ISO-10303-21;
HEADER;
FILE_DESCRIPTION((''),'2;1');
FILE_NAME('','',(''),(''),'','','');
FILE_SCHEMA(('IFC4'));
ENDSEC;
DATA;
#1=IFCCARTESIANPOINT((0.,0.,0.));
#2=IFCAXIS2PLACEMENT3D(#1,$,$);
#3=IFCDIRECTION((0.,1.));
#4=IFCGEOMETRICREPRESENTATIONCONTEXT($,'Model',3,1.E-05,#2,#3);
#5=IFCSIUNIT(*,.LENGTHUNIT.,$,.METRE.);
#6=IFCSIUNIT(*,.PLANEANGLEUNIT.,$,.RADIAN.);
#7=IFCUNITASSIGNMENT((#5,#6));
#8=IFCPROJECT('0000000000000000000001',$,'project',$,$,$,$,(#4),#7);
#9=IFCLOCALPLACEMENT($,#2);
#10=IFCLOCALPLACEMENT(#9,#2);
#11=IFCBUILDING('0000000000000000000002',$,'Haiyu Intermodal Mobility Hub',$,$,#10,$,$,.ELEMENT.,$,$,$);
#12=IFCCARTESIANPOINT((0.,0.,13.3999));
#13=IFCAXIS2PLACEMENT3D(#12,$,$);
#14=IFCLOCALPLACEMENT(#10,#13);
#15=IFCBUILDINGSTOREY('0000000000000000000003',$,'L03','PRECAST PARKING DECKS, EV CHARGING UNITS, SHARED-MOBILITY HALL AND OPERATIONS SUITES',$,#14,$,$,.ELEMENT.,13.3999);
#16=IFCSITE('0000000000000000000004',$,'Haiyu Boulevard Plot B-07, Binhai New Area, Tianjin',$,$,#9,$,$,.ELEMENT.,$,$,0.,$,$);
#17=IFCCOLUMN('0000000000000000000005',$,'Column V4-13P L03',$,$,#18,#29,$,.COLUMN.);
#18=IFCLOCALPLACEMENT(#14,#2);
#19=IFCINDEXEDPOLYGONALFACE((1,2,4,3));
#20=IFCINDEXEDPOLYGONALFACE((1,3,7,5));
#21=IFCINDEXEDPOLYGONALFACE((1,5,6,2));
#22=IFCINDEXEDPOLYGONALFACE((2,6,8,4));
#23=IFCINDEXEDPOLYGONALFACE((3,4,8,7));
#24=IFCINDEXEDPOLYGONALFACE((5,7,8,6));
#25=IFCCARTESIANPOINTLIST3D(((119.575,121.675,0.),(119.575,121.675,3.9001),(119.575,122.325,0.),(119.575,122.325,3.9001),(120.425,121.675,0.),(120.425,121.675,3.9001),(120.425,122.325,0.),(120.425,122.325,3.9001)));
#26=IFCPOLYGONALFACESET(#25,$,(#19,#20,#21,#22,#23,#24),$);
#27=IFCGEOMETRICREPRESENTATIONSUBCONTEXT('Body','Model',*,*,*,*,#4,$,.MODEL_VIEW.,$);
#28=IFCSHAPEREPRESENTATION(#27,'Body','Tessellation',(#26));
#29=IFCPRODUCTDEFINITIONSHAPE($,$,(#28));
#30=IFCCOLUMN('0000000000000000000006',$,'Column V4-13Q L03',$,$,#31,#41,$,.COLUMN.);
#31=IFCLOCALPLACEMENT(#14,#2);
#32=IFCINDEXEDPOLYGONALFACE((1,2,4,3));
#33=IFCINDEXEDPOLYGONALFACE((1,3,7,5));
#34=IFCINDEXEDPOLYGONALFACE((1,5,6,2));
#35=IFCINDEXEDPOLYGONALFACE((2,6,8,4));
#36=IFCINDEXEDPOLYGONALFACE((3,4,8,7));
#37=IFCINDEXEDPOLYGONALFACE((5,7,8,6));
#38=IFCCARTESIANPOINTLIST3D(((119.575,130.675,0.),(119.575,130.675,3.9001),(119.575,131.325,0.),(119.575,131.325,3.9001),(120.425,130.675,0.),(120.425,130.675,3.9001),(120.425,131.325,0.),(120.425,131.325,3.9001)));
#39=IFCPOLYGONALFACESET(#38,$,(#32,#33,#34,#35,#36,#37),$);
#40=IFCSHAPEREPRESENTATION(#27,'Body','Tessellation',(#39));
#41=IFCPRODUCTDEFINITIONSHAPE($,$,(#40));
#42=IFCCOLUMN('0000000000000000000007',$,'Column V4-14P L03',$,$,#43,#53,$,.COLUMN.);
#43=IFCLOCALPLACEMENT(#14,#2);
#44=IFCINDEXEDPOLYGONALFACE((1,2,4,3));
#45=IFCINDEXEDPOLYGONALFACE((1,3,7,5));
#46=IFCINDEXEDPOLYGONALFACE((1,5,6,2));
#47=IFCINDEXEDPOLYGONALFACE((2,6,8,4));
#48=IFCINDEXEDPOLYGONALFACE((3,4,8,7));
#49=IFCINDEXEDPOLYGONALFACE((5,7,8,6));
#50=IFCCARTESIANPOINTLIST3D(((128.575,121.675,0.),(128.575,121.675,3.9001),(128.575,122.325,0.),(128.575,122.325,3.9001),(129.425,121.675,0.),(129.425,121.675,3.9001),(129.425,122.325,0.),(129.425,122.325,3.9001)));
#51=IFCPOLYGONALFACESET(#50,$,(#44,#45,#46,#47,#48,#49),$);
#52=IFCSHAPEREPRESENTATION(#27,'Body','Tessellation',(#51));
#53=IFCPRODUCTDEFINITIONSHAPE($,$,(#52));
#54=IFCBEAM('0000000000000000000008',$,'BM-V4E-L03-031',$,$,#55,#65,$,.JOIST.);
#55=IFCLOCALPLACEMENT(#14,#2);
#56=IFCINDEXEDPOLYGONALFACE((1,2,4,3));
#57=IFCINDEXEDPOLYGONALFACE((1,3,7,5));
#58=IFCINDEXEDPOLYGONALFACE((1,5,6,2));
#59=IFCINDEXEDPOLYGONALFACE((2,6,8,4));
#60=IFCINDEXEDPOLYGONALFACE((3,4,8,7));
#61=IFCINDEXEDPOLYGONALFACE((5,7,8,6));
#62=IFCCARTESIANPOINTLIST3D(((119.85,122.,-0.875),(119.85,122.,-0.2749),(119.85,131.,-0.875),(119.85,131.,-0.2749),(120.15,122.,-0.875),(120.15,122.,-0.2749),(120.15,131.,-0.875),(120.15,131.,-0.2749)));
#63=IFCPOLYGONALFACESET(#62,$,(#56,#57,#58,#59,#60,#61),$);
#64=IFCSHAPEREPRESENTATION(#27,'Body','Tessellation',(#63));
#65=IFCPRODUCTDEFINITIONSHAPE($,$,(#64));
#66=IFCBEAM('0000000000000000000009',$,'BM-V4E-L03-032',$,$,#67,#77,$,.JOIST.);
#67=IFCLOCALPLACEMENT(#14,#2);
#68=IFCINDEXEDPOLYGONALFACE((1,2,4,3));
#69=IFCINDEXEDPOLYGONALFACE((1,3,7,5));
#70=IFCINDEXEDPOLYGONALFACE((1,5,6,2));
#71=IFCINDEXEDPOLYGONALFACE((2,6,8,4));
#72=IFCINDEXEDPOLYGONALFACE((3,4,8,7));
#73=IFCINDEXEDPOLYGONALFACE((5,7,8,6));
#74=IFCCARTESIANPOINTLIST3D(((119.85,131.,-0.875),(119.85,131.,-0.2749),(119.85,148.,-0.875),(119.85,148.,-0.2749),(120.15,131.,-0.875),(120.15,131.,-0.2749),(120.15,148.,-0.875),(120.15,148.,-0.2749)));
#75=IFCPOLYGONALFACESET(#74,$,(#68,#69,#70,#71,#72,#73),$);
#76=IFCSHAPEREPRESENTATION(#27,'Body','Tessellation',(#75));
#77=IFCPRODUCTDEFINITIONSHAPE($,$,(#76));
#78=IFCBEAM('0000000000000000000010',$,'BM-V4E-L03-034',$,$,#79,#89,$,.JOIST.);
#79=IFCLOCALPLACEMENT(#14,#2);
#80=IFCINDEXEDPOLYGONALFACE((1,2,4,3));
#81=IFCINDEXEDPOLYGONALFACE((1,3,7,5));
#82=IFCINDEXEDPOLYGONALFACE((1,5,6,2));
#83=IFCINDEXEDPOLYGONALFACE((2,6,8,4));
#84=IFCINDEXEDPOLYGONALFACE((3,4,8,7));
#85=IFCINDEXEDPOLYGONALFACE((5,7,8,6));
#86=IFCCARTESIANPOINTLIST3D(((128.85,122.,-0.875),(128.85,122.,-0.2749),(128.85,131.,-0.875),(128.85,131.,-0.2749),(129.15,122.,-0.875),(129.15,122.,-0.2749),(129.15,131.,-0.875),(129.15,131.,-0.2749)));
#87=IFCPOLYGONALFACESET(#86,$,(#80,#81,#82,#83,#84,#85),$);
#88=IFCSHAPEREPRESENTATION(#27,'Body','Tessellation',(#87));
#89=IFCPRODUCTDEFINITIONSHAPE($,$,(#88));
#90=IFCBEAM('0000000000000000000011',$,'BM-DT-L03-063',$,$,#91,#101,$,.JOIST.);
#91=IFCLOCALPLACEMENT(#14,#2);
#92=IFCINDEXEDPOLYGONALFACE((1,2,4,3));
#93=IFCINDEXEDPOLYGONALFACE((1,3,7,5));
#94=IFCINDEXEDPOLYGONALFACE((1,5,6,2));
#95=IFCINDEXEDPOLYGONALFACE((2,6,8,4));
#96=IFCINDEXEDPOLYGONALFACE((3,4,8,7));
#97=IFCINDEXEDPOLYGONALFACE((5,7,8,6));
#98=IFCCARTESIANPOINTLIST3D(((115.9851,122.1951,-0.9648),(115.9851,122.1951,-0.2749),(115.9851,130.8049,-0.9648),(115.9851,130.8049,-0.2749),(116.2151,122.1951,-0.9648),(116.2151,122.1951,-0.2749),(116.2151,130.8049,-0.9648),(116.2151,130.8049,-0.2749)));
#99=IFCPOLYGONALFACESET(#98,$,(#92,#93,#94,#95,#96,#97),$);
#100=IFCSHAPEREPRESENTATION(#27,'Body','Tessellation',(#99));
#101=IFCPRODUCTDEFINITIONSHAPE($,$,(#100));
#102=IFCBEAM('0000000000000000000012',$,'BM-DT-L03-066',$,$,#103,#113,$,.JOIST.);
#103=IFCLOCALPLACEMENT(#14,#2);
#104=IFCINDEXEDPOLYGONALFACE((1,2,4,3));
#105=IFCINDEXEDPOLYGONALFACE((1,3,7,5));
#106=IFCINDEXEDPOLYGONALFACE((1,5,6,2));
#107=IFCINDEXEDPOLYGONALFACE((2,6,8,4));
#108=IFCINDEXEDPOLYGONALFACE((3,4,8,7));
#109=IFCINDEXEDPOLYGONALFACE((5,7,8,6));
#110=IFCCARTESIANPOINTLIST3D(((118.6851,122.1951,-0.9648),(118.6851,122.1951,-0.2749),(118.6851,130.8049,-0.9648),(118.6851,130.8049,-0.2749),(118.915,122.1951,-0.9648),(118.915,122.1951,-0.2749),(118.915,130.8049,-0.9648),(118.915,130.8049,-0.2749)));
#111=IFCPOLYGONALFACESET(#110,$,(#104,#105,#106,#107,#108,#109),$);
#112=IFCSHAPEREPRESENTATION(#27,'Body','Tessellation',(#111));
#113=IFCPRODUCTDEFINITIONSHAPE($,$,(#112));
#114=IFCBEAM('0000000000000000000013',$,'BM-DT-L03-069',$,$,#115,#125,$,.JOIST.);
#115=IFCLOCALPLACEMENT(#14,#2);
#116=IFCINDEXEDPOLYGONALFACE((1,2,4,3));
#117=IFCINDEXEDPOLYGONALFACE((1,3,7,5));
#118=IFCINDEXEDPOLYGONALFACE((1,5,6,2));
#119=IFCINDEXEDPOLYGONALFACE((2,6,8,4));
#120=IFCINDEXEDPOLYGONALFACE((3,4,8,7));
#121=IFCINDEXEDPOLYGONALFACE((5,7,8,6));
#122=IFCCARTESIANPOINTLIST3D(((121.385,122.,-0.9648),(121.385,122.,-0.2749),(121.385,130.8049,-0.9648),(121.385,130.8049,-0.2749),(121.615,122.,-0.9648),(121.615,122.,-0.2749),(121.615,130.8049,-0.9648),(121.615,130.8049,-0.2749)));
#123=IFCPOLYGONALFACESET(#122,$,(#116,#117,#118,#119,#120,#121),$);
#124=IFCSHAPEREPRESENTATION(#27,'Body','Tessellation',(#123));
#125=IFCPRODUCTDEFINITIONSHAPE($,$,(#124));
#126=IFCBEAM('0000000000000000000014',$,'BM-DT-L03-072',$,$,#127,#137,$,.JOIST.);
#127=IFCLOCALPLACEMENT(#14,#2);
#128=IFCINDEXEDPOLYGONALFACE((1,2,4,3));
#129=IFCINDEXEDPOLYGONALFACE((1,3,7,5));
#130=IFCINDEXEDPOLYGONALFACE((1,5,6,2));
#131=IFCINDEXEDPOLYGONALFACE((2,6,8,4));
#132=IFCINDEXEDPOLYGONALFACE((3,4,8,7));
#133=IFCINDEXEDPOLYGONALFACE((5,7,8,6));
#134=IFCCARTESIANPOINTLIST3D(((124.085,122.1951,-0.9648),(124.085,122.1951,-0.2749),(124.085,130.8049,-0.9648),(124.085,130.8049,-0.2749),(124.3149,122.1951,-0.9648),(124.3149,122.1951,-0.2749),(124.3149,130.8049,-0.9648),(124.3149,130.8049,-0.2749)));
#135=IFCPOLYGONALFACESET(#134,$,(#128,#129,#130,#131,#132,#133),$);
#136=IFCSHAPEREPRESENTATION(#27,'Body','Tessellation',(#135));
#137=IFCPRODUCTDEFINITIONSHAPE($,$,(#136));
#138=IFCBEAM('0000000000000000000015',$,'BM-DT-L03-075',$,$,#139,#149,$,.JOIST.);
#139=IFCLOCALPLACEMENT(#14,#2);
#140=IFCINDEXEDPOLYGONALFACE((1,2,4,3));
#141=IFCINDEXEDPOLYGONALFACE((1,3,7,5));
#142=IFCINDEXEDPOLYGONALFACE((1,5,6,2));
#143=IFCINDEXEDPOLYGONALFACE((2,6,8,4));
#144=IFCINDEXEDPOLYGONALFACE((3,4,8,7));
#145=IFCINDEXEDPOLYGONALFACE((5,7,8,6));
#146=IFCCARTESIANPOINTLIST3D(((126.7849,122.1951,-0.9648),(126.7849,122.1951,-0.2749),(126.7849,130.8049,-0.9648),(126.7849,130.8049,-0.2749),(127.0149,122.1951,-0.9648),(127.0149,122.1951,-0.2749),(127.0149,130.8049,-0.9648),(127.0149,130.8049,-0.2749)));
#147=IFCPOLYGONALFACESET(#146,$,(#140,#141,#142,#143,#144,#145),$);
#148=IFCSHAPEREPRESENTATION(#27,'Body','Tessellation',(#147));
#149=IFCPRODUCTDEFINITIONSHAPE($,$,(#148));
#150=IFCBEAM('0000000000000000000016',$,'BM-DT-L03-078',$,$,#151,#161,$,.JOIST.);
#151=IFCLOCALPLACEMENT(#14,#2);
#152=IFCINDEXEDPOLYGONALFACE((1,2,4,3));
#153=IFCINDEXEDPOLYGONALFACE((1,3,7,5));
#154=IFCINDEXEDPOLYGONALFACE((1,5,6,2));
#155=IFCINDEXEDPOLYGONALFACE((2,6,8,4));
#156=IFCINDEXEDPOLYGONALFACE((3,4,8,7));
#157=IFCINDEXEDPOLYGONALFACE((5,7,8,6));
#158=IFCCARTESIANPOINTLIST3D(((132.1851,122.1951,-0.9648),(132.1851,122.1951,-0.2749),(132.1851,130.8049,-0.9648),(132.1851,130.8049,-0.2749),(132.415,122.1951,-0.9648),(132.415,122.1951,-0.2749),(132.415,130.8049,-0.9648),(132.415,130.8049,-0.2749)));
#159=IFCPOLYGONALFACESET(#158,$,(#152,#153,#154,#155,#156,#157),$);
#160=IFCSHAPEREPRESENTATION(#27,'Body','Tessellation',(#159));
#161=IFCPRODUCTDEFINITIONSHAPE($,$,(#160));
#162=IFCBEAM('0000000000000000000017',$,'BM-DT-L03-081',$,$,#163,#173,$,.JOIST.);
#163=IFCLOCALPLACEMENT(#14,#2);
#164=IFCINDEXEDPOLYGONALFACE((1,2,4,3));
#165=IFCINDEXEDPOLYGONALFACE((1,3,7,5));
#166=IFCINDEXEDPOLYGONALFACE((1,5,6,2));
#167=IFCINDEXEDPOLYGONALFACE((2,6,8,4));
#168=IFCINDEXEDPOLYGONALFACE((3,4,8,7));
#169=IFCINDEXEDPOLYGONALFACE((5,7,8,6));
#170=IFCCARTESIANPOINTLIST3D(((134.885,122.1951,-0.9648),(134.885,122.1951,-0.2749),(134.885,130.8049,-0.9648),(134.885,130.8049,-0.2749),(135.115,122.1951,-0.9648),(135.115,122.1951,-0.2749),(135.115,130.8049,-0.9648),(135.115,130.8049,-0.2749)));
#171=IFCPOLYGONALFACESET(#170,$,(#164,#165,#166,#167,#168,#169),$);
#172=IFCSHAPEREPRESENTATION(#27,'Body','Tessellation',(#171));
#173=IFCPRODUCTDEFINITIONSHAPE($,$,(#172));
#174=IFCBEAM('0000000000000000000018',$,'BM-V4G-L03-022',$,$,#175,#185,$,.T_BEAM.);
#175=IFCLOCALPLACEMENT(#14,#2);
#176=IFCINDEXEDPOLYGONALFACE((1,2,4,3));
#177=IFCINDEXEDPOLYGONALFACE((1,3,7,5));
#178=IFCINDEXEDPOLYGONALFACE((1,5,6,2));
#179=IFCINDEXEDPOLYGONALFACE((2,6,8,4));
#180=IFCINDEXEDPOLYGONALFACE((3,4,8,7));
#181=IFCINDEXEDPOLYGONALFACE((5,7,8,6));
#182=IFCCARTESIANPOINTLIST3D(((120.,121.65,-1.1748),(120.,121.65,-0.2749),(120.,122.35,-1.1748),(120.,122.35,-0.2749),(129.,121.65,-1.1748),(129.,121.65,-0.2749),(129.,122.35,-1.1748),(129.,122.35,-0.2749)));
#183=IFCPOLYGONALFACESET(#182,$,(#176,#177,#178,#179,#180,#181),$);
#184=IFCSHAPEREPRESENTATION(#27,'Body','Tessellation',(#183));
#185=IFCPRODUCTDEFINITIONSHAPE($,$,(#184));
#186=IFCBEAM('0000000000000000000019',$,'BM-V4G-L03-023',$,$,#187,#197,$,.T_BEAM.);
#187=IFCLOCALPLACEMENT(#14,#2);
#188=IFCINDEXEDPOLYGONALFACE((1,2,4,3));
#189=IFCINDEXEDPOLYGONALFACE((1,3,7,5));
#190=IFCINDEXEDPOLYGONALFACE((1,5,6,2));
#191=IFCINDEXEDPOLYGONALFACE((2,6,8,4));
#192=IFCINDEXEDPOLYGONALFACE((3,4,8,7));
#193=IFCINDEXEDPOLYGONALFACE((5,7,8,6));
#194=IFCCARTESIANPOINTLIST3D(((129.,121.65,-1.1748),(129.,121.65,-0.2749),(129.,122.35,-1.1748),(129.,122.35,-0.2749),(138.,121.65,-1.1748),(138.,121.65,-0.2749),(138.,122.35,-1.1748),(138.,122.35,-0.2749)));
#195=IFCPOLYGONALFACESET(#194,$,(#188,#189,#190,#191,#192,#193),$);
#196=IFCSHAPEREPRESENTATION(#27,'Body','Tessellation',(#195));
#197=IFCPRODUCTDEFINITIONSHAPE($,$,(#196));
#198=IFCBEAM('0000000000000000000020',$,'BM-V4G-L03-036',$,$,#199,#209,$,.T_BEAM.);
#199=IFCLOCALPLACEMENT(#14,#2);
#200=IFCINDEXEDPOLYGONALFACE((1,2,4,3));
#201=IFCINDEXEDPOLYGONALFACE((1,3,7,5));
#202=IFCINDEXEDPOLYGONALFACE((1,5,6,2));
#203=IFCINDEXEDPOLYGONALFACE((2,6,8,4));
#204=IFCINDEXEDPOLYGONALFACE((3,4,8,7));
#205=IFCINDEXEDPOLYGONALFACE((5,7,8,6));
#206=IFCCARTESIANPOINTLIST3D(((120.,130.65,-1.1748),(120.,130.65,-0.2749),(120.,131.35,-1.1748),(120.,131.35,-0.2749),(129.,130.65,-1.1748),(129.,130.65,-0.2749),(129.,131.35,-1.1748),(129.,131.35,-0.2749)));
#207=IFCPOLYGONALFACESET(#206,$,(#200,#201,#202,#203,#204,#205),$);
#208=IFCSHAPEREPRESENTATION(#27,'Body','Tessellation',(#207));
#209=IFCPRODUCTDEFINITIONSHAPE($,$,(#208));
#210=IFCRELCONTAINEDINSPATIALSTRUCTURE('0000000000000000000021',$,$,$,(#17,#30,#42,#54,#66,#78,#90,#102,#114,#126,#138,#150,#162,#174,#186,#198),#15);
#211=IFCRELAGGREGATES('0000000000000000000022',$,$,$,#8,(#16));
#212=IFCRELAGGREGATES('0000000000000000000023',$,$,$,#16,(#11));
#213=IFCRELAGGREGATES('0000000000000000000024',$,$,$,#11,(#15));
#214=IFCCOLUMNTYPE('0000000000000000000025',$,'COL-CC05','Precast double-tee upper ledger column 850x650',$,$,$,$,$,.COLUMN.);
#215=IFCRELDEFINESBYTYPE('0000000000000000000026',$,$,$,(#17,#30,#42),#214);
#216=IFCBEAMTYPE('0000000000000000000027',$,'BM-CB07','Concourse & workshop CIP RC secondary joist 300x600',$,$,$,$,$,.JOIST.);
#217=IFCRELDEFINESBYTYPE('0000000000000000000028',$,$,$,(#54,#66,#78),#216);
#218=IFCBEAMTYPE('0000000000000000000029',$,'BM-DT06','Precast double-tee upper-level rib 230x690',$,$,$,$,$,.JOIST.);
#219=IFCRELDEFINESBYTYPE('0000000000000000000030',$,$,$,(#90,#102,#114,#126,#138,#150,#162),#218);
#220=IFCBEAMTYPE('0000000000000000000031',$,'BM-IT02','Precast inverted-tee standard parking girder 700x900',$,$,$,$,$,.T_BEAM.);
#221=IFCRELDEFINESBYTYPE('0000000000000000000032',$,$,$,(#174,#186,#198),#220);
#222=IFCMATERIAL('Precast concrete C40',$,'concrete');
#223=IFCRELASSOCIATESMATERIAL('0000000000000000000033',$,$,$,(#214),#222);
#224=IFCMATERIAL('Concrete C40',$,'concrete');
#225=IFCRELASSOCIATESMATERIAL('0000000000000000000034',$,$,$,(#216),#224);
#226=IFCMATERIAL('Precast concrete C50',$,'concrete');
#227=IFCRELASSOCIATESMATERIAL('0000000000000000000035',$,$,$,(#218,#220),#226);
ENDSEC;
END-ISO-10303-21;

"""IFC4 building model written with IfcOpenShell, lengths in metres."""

from ifc_helpers import new_model, si_unit, direction, frame, origin, origin_2d, place, context, subcontext, project, spatial, rectangle, extrude, material, material_profile, profile_set, type_object, element, save


model = new_model("IFC4")

# Units and contexts
model_context = context("Model", 3, precision=1e-05, world=origin(), true_north=direction((0.0, 1.0)))
body_context = subcontext(model_context, "Body", "Model", "MODEL_VIEW")
ifc_project = project(units=[si_unit("LENGTHUNIT", "METRE"), si_unit("PLANEANGLEUNIT", "RADIAN")], contexts=[model_context])

# Site, building, storey
site_placement = place(None, origin())
site = spatial("IfcSite", under=ifc_project, at=site_placement, Name="Haiyu Boulevard Plot B-07, Binhai New Area, Tianjin", CompositionType="ELEMENT", RefElevation=0.0)
building_placement = place(site_placement, origin())
building = spatial("IfcBuilding", under=site, at=building_placement, Name="Haiyu Intermodal Mobility Hub", CompositionType="ELEMENT")
storey_placement = place(building_placement, frame((0.0, 0.0, 13.3999)))
storey = spatial("IfcBuildingStorey", under=building, at=storey_placement, Name="L03", Description="PRECAST PARKING DECKS, EV CHARGING UNITS, SHARED-MOBILITY HALL AND OPERATIONS SUITES", CompositionType="ELEMENT", Elevation=13.3999)

# Columns
ifc_material_1 = material(Name="Precast concrete C40", Category="concrete")
ifc_material_profile_1 = material_profile(ifc_material_1, rectangle(XDim=0.8501, YDim=0.6499, at=origin_2d()), Name="RC850x650")
ifc_profile_set_1 = profile_set([ifc_material_profile_1], Name="Precast concrete C40")
column_type = type_object("IfcColumnType", Name="COL-CC05", Description="Precast double-tee upper ledger column 850x650", PredefinedType="COLUMN", material=ifc_profile_set_1)
for number, where, z_axis, x_axis, name in (
    (1, (120.0, 122.0, 0.0), (0.0, 0.0, 1.0), (1.0, 0.0, 0.0), "Column V4-13P L03"),
    (2, (120.0, 131.0, 0.0), (0.0, 0.0, 1.0), (1.0, 0.0, 0.0), "Column V4-13Q L03"),
    (3, (129.0, 122.0, 0.0), (0.0, 0.0, 1.0), (1.0, 0.0, 0.0), "Column V4-14P L03"),
):
    element("IfcColumn", number, at=place(storey_placement, frame(where, z_axis=z_axis, x_axis=x_axis)), inside=storey, type_object=column_type, Name=name, PredefinedType="COLUMN", context=body_context, shape_type="SweptSolid", body=[
        extrude(rectangle(XDim=0.8501, YDim=0.6499, at=origin_2d()), origin(), (0.0, 0.0, 1.0), 3.9001),
    ])

# Beams
ifc_material_2 = material(Name="Concrete C40", Category="concrete")
ifc_material_profile_2 = material_profile(ifc_material_2, rectangle(XDim=0.3, YDim=0.6001, at=origin_2d()), Name="RCB300x600")
ifc_profile_set_2 = profile_set([ifc_material_profile_2], Name="Concrete C40")
beam_type_1 = type_object("IfcBeamType", Name="BM-CB07", Description="Concourse & workshop CIP RC secondary joist 300x600", PredefinedType="JOIST", material=ifc_profile_set_2)
beam_1_placement = place(storey_placement, frame((120.0, 122.0, -0.575), z_axis=(0.0, 1.0, 0.0), x_axis=(-1.0, 0.0, 0.0)))
element("IfcBeam", 4, at=beam_1_placement, inside=storey, type_object=beam_type_1, Name="BM-V4E-L03-031", PredefinedType="JOIST", context=body_context, shape_type="SweptSolid", body=[
    extrude(rectangle(XDim=0.3, YDim=0.6001, at=origin_2d()), origin(), (0.0, 0.0, 1.0), 9.0),
])
beam_2_placement = place(storey_placement, frame((120.0, 131.0, -0.575), z_axis=(0.0, 1.0, 0.0), x_axis=(-1.0, 0.0, 0.0)))
element("IfcBeam", 5, at=beam_2_placement, inside=storey, type_object=beam_type_1, Name="BM-V4E-L03-032", PredefinedType="JOIST", context=body_context, shape_type="SweptSolid", body=[
    extrude(rectangle(XDim=0.3, YDim=0.6001, at=origin_2d()), origin(), (0.0, 0.0, 1.0), 17.0),
])
beam_3_placement = place(storey_placement, frame((129.0, 122.0, -0.575), z_axis=(0.0, 1.0, 0.0), x_axis=(-1.0, 0.0, 0.0)))
element("IfcBeam", 6, at=beam_3_placement, inside=storey, type_object=beam_type_1, Name="BM-V4E-L03-034", PredefinedType="JOIST", context=body_context, shape_type="SweptSolid", body=[
    extrude(rectangle(XDim=0.3, YDim=0.6001, at=origin_2d()), origin(), (0.0, 0.0, 1.0), 9.0),
])
ifc_material_3 = material(Name="Precast concrete C50", Category="concrete")
ifc_material_profile_3 = material_profile(ifc_material_3, rectangle(XDim=0.23, YDim=0.6899, at=origin_2d()), Name="B230x690")
ifc_profile_set_3 = profile_set([ifc_material_profile_3], Name="Precast concrete C50")
beam_type_2 = type_object("IfcBeamType", Name="BM-DT06", Description="Precast double-tee upper-level rib 230x690", PredefinedType="JOIST", material=ifc_profile_set_3)
for number, where, z_axis, x_axis, name in (
    (7, (116.1001, 122.1951, -0.6199), (0.0, 1.0, 0.0), (-1.0, 0.0, 0.0), "BM-DT-L03-063"),
    (8, (118.8, 122.1951, -0.6199), (0.0, 1.0, 0.0), (-1.0, 0.0, 0.0), "BM-DT-L03-066"),
):
    element("IfcBeam", number, at=place(storey_placement, frame(where, z_axis=z_axis, x_axis=x_axis)), inside=storey, type_object=beam_type_2, Name=name, PredefinedType="JOIST", context=body_context, shape_type="SweptSolid", body=[
        extrude(rectangle(XDim=0.23, YDim=0.6899, at=origin_2d()), origin(), (0.0, 0.0, 1.0), 8.6099),
    ])
beam_4_placement = place(storey_placement, frame((121.5, 122.0, -0.6199), z_axis=(0.0, 1.0, 0.0), x_axis=(-1.0, 0.0, 0.0)))
element("IfcBeam", 9, at=beam_4_placement, inside=storey, type_object=beam_type_2, Name="BM-DT-L03-069", PredefinedType="JOIST", context=body_context, shape_type="SweptSolid", body=[
    extrude(rectangle(XDim=0.23, YDim=0.6899, at=origin_2d()), origin(), (0.0, 0.0, 1.0), 8.8049),
])
for number, where, z_axis, x_axis, name in (
    (10, (124.2, 122.1951, -0.6199), (0.0, 1.0, 0.0), (-1.0, 0.0, 0.0), "BM-DT-L03-072"),
    (11, (126.8999, 122.1951, -0.6199), (0.0, 1.0, 0.0), (-1.0, 0.0, 0.0), "BM-DT-L03-075"),
    (12, (132.3, 122.1951, -0.6199), (0.0, 1.0, 0.0), (-1.0, 0.0, 0.0), "BM-DT-L03-078"),
    (13, (135.0, 122.1951, -0.6199), (0.0, 1.0, 0.0), (-1.0, 0.0, 0.0), "BM-DT-L03-081"),
):
    element("IfcBeam", number, at=place(storey_placement, frame(where, z_axis=z_axis, x_axis=x_axis)), inside=storey, type_object=beam_type_2, Name=name, PredefinedType="JOIST", context=body_context, shape_type="SweptSolid", body=[
        extrude(rectangle(XDim=0.23, YDim=0.6899, at=origin_2d()), origin(), (0.0, 0.0, 1.0), 8.6099),
    ])
ifc_material_profile_4 = material_profile(ifc_material_3, rectangle(XDim=0.7, YDim=0.8999, at=origin_2d()), Name="PC700x900")
ifc_profile_set_4 = profile_set([ifc_material_profile_4], Name="Precast concrete C50")
beam_type_3 = type_object("IfcBeamType", Name="BM-IT02", Description="Precast inverted-tee standard parking girder 700x900", PredefinedType="T_BEAM", material=ifc_profile_set_4)
for number, where, z_axis, x_axis, name in (
    (14, (120.0, 122.0, -0.7249), (1.0, 0.0, 0.0), (0.0, 1.0, 0.0), "BM-V4G-L03-022"),
    (15, (129.0, 122.0, -0.7249), (1.0, 0.0, 0.0), (0.0, 1.0, 0.0), "BM-V4G-L03-023"),
    (16, (120.0, 131.0, -0.7249), (1.0, 0.0, 0.0), (0.0, 1.0, 0.0), "BM-V4G-L03-036"),
):
    element("IfcBeam", number, at=place(storey_placement, frame(where, z_axis=z_axis, x_axis=x_axis)), inside=storey, type_object=beam_type_3, Name=name, PredefinedType="T_BEAM", context=body_context, shape_type="SweptSolid", body=[
        extrude(rectangle(XDim=0.7, YDim=0.8999, at=origin_2d()), origin(), (0.0, 0.0, 1.0), 9.0),
    ])

save(model, "model.ifc")
